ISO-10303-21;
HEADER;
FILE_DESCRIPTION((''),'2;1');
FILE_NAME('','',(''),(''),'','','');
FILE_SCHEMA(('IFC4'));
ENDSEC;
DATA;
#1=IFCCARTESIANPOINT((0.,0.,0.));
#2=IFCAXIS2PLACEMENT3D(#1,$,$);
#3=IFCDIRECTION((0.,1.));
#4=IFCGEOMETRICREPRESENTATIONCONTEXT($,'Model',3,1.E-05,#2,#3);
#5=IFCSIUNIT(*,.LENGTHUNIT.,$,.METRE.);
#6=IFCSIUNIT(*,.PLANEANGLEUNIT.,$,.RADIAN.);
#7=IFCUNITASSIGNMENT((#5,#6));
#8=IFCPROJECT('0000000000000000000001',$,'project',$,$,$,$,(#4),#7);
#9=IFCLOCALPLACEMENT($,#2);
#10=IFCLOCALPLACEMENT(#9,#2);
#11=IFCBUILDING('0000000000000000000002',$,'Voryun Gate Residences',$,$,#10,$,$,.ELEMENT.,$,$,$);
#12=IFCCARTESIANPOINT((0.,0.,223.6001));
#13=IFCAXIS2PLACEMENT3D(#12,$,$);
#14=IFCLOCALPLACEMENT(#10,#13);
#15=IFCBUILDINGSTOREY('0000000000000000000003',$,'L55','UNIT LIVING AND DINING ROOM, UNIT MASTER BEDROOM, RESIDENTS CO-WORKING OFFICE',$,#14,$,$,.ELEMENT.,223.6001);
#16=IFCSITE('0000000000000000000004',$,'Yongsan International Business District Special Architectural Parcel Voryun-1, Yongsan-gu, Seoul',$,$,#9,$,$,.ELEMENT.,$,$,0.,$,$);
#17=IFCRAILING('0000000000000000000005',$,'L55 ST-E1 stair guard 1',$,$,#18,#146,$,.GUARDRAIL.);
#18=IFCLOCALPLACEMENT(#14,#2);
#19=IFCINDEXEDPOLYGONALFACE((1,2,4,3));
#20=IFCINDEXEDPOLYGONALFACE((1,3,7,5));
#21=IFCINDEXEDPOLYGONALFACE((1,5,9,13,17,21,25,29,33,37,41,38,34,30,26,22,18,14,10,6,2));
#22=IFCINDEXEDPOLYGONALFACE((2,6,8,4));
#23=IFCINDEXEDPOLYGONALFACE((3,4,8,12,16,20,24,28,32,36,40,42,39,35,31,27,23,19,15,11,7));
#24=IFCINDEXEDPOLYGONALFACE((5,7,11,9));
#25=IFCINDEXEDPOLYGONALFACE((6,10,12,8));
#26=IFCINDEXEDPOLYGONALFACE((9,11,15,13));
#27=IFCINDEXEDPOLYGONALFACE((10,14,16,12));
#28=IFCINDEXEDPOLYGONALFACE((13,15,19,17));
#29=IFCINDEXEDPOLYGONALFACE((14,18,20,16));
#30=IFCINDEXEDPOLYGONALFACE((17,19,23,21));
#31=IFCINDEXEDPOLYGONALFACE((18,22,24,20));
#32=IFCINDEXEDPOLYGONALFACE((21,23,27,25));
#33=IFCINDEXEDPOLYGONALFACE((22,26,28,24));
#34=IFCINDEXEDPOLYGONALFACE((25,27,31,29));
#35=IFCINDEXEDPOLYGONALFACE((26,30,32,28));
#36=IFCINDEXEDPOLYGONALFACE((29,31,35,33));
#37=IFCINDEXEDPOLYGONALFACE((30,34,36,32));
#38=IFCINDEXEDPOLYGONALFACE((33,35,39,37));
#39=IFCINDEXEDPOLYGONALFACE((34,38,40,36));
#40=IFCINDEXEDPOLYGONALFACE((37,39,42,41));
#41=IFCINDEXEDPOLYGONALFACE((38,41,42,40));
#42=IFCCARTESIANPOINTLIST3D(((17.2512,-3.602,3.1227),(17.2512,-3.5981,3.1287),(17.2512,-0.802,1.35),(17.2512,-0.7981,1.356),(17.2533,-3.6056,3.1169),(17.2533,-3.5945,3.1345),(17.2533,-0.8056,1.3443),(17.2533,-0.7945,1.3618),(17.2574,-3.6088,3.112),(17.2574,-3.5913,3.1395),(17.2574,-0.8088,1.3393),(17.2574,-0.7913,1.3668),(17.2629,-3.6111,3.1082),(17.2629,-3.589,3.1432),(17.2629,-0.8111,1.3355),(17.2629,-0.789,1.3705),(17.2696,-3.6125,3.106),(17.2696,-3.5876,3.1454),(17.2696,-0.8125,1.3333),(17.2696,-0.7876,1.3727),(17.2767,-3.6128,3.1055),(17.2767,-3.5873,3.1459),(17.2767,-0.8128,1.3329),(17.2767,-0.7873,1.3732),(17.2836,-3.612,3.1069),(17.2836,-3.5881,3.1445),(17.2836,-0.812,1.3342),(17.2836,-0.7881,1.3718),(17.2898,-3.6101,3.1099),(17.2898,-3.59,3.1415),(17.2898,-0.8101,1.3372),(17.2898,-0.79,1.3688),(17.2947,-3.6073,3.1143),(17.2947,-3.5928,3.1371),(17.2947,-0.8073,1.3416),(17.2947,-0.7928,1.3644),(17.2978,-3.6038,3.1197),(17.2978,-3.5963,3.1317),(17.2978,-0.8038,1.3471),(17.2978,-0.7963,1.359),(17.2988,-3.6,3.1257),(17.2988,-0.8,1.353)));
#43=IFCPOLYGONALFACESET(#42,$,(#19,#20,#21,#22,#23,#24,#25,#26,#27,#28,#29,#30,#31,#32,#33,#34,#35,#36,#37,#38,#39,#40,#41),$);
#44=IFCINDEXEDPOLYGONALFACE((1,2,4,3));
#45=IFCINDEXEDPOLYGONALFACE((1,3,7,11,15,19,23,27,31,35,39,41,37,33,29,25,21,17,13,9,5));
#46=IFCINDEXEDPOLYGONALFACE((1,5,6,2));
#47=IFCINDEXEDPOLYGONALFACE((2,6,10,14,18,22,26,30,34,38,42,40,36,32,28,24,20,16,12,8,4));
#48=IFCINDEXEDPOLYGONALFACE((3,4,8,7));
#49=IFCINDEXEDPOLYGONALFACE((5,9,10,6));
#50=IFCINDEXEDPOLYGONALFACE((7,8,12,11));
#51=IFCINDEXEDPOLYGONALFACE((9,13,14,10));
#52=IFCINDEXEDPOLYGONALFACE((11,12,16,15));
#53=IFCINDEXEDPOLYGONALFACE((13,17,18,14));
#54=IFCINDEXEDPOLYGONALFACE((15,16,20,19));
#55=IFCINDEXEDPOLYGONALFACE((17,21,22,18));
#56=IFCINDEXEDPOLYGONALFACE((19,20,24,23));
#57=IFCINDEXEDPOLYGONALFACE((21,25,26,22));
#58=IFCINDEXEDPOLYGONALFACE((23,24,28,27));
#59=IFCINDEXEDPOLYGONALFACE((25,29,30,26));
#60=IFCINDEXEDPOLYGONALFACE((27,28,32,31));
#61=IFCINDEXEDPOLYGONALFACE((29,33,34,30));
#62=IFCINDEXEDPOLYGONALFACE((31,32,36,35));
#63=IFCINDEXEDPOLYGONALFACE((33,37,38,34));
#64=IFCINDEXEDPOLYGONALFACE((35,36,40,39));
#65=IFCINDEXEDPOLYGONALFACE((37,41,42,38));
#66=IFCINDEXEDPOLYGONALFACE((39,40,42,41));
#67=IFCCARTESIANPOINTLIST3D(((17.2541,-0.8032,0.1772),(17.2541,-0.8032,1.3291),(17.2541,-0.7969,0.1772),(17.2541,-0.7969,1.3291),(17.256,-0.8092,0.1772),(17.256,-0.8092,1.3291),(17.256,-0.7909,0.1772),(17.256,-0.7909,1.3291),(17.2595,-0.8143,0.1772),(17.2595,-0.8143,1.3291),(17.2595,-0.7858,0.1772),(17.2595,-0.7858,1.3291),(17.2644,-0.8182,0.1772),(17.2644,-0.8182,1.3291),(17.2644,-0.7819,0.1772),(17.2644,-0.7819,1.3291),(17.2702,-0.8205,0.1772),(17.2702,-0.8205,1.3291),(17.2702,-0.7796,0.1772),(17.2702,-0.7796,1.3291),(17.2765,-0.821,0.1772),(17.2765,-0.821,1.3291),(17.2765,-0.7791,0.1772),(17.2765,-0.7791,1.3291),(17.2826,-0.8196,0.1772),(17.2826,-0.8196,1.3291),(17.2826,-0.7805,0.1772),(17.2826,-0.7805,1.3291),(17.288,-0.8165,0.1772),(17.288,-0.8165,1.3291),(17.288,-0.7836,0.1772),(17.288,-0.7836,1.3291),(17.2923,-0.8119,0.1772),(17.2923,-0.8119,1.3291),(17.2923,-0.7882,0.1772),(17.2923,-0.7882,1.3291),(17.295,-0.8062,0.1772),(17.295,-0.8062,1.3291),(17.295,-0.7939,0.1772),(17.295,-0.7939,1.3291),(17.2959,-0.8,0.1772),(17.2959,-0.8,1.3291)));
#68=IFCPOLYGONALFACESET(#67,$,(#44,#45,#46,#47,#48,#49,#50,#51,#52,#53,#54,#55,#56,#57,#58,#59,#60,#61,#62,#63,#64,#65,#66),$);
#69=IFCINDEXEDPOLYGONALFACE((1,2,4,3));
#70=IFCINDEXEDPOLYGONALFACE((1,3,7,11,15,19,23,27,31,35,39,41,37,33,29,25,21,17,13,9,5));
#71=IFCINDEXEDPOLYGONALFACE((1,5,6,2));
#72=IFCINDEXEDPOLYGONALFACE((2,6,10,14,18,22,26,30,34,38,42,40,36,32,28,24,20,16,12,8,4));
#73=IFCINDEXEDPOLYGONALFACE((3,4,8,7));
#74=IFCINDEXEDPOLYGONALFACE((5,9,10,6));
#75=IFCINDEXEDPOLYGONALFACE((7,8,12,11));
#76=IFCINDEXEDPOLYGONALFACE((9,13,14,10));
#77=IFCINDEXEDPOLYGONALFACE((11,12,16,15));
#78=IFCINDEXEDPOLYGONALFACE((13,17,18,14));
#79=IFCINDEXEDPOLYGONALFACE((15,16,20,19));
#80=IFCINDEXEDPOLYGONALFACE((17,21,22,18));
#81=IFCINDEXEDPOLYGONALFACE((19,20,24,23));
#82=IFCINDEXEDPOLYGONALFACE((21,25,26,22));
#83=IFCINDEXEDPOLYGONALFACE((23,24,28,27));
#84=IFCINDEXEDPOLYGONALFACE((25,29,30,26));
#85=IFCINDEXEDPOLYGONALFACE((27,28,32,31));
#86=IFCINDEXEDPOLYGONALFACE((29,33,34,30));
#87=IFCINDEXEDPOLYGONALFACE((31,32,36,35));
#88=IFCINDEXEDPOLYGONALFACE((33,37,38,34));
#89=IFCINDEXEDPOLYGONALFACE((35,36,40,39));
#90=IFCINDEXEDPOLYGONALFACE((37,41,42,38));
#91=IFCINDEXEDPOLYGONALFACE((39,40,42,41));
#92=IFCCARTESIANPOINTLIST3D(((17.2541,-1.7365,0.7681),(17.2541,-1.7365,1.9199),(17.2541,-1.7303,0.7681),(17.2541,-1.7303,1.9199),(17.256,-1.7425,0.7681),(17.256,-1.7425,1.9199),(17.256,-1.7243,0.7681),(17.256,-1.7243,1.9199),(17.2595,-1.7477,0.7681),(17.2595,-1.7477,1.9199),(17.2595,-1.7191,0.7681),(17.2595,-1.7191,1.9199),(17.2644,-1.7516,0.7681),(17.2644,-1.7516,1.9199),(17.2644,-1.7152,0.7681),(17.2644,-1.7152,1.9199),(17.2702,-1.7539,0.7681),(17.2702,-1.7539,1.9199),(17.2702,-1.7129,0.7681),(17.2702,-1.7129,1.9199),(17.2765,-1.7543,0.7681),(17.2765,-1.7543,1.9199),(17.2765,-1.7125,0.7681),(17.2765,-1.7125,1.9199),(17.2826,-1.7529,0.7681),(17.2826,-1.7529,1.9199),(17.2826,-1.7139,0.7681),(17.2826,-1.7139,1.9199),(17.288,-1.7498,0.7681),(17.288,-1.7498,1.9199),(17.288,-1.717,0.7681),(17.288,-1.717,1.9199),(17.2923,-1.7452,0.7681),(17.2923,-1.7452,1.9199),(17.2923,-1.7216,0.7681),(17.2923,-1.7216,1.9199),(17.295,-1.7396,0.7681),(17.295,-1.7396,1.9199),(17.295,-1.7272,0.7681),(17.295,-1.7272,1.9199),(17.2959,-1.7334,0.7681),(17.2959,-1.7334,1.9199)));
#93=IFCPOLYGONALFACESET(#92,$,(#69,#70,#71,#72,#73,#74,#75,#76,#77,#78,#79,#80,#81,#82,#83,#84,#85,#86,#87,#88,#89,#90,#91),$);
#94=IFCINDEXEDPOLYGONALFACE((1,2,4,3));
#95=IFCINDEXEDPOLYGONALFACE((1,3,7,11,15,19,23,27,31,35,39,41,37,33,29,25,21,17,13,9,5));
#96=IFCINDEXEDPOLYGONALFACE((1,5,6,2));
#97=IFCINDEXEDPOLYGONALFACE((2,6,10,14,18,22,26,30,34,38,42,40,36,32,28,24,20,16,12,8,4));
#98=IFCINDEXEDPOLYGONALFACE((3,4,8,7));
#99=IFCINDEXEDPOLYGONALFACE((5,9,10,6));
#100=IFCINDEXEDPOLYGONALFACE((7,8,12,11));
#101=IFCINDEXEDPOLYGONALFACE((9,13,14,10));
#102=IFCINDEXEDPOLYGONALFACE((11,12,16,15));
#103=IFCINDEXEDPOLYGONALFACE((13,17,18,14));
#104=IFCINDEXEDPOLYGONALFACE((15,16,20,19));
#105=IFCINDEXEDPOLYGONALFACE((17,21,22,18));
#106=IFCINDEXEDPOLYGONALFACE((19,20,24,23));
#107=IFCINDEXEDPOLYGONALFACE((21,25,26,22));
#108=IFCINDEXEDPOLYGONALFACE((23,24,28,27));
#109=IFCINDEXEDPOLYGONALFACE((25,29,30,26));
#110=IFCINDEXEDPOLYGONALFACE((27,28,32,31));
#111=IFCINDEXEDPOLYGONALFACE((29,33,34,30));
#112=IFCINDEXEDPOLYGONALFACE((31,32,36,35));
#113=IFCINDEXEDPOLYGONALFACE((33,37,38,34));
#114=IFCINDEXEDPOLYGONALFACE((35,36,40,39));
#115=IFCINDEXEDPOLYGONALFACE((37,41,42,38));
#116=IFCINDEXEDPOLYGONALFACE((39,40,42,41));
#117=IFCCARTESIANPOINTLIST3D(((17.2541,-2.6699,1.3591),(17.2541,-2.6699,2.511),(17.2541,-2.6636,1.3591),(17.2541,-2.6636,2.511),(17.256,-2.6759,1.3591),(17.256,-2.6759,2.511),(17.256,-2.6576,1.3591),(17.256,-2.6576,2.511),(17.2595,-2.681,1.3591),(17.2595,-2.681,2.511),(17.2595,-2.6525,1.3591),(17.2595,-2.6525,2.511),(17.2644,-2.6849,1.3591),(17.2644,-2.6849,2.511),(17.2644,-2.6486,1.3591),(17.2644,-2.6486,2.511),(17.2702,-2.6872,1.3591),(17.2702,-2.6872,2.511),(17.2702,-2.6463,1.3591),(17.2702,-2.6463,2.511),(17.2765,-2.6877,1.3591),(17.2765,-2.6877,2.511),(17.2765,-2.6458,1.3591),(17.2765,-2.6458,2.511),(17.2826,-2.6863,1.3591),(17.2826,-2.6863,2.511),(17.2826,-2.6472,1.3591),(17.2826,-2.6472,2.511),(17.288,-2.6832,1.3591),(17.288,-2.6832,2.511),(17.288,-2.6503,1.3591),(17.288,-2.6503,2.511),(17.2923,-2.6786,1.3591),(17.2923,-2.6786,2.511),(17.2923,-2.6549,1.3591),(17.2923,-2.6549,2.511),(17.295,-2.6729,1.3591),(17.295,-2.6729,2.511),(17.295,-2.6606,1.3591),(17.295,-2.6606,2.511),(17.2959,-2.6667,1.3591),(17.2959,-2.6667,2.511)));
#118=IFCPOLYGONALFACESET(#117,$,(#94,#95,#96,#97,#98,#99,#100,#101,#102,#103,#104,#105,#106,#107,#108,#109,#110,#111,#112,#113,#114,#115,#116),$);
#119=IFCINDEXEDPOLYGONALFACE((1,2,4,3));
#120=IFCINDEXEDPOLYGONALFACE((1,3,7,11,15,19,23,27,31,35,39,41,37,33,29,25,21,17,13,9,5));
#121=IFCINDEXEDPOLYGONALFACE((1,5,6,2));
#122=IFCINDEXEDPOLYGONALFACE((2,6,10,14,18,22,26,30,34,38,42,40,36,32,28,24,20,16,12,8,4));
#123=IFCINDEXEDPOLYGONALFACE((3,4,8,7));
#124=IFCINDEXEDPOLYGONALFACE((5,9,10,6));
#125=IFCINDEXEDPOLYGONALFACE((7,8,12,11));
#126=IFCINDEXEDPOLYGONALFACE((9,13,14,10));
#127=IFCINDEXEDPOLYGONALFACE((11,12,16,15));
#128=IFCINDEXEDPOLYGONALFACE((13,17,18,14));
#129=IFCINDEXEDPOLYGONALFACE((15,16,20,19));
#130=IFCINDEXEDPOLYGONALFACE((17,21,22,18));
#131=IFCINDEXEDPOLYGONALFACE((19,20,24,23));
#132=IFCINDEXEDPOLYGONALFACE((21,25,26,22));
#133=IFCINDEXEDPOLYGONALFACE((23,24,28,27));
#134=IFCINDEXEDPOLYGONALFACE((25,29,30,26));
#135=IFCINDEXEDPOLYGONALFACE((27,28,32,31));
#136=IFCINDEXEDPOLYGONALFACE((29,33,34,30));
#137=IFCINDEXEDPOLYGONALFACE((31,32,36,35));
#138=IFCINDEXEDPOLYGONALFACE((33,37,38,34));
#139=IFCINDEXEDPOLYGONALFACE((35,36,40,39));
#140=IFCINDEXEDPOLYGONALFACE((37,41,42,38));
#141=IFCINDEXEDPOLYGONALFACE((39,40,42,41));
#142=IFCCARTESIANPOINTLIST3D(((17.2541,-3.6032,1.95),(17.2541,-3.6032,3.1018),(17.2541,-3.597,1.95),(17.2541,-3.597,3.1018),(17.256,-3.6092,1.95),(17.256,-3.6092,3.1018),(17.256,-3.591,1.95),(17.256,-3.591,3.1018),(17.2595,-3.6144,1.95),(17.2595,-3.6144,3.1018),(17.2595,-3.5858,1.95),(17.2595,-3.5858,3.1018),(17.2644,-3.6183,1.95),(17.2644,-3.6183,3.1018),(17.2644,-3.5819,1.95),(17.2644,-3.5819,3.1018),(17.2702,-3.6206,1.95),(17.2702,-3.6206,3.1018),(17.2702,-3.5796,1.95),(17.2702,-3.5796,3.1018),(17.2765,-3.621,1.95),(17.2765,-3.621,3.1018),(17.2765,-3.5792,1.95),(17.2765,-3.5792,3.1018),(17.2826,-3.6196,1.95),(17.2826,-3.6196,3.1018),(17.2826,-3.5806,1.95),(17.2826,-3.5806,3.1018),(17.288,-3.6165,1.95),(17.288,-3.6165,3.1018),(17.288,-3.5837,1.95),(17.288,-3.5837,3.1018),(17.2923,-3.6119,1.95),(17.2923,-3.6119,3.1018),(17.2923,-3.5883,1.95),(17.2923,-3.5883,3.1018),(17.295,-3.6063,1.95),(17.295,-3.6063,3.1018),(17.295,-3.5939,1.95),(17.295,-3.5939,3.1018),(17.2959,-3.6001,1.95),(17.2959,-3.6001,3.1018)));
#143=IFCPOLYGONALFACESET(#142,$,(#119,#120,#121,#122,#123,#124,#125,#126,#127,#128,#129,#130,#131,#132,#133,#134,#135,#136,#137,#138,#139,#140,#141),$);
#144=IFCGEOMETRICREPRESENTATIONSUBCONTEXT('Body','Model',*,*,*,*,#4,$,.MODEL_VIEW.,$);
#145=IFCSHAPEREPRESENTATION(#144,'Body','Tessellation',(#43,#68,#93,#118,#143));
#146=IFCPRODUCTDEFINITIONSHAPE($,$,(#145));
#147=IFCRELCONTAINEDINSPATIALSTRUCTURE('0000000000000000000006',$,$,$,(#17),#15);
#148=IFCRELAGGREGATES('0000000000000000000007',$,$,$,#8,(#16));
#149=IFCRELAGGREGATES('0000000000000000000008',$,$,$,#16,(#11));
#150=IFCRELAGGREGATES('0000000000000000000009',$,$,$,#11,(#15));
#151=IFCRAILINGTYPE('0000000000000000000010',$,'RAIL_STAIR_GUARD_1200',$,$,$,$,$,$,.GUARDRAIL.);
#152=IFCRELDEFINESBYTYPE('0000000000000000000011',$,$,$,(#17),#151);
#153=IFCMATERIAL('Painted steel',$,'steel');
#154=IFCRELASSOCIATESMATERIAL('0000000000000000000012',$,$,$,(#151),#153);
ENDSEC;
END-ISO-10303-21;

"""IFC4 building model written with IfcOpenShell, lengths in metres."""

from ifc_helpers import new_model, si_unit, direction, frame, origin, origin_2d, place, context, subcontext, project, spatial, circle, extrude, material, type_object, element, save


model = new_model("IFC4")

# Units and contexts
model_context = context("Model", 3, precision=1e-05, world=origin(), true_north=direction((0.0, 1.0)))
body_context = subcontext(model_context, "Body", "Model", "MODEL_VIEW")
ifc_project = project(units=[si_unit("LENGTHUNIT", "METRE"), si_unit("PLANEANGLEUNIT", "RADIAN")], contexts=[model_context])

# Site, building, storey
site_placement = place(None, origin())
site = spatial("IfcSite", under=ifc_project, at=site_placement, Name="Yongsan International Business District Special Architectural Parcel Voryun-1, Yongsan-gu, Seoul", CompositionType="ELEMENT", RefElevation=0.0)
building_placement = place(site_placement, origin())
building = spatial("IfcBuilding", under=site, at=building_placement, Name="Voryun Gate Residences", CompositionType="ELEMENT")
storey_placement = place(building_placement, frame((0.0, 0.0, 223.6001)))
storey = spatial("IfcBuildingStorey", under=building, at=storey_placement, Name="L55", Description="UNIT LIVING AND DINING ROOM, UNIT MASTER BEDROOM, RESIDENTS CO-WORKING OFFICE", CompositionType="ELEMENT", Elevation=223.6001)

# Railing
ifc_material_1 = material(Name="Painted steel", Category="steel")
railing_type_1 = type_object("IfcRailingType", Name="RAIL_STAIR_GUARD_1200", PredefinedType="GUARDRAIL", material=ifc_material_1)
railing_1_placement = place(storey_placement, frame((17.2749, -0.8, 0.1772)))
element("IfcRailing", 1, at=railing_1_placement, inside=storey, type_object=railing_type_1, Name="L55 ST-E1 stair guard 1", PredefinedType="GUARDRAIL", context=body_context, shape_type="SweptSolid", body=[
    extrude(circle(Radius=0.0239, at=origin_2d()), frame((0.0, 0.0, 1.1758), z_axis=(0.0, -0.844909, 0.53491), x_axis=(1.0, 0.0, 0.0)), (0.0, 0.0, 1.0), 3.314),
    extrude(circle(Radius=0.021, at=origin_2d()), origin(), (0.0, 0.0, 1.0), 1.1519),
    extrude(circle(Radius=0.021, at=origin_2d()), frame((0.0, -0.9333, 0.5908)), (0.0, 0.0, 1.0), 1.1519),
    extrude(circle(Radius=0.021, at=origin_2d()), frame((0.0, -1.8667, 1.1819)), (0.0, 0.0, 1.0), 1.1519),
    extrude(circle(Radius=0.021, at=origin_2d()), frame((0.0, -2.8, 1.7727)), (0.0, 0.0, 1.0), 1.1519),
])

save(model, "model.ifc")
